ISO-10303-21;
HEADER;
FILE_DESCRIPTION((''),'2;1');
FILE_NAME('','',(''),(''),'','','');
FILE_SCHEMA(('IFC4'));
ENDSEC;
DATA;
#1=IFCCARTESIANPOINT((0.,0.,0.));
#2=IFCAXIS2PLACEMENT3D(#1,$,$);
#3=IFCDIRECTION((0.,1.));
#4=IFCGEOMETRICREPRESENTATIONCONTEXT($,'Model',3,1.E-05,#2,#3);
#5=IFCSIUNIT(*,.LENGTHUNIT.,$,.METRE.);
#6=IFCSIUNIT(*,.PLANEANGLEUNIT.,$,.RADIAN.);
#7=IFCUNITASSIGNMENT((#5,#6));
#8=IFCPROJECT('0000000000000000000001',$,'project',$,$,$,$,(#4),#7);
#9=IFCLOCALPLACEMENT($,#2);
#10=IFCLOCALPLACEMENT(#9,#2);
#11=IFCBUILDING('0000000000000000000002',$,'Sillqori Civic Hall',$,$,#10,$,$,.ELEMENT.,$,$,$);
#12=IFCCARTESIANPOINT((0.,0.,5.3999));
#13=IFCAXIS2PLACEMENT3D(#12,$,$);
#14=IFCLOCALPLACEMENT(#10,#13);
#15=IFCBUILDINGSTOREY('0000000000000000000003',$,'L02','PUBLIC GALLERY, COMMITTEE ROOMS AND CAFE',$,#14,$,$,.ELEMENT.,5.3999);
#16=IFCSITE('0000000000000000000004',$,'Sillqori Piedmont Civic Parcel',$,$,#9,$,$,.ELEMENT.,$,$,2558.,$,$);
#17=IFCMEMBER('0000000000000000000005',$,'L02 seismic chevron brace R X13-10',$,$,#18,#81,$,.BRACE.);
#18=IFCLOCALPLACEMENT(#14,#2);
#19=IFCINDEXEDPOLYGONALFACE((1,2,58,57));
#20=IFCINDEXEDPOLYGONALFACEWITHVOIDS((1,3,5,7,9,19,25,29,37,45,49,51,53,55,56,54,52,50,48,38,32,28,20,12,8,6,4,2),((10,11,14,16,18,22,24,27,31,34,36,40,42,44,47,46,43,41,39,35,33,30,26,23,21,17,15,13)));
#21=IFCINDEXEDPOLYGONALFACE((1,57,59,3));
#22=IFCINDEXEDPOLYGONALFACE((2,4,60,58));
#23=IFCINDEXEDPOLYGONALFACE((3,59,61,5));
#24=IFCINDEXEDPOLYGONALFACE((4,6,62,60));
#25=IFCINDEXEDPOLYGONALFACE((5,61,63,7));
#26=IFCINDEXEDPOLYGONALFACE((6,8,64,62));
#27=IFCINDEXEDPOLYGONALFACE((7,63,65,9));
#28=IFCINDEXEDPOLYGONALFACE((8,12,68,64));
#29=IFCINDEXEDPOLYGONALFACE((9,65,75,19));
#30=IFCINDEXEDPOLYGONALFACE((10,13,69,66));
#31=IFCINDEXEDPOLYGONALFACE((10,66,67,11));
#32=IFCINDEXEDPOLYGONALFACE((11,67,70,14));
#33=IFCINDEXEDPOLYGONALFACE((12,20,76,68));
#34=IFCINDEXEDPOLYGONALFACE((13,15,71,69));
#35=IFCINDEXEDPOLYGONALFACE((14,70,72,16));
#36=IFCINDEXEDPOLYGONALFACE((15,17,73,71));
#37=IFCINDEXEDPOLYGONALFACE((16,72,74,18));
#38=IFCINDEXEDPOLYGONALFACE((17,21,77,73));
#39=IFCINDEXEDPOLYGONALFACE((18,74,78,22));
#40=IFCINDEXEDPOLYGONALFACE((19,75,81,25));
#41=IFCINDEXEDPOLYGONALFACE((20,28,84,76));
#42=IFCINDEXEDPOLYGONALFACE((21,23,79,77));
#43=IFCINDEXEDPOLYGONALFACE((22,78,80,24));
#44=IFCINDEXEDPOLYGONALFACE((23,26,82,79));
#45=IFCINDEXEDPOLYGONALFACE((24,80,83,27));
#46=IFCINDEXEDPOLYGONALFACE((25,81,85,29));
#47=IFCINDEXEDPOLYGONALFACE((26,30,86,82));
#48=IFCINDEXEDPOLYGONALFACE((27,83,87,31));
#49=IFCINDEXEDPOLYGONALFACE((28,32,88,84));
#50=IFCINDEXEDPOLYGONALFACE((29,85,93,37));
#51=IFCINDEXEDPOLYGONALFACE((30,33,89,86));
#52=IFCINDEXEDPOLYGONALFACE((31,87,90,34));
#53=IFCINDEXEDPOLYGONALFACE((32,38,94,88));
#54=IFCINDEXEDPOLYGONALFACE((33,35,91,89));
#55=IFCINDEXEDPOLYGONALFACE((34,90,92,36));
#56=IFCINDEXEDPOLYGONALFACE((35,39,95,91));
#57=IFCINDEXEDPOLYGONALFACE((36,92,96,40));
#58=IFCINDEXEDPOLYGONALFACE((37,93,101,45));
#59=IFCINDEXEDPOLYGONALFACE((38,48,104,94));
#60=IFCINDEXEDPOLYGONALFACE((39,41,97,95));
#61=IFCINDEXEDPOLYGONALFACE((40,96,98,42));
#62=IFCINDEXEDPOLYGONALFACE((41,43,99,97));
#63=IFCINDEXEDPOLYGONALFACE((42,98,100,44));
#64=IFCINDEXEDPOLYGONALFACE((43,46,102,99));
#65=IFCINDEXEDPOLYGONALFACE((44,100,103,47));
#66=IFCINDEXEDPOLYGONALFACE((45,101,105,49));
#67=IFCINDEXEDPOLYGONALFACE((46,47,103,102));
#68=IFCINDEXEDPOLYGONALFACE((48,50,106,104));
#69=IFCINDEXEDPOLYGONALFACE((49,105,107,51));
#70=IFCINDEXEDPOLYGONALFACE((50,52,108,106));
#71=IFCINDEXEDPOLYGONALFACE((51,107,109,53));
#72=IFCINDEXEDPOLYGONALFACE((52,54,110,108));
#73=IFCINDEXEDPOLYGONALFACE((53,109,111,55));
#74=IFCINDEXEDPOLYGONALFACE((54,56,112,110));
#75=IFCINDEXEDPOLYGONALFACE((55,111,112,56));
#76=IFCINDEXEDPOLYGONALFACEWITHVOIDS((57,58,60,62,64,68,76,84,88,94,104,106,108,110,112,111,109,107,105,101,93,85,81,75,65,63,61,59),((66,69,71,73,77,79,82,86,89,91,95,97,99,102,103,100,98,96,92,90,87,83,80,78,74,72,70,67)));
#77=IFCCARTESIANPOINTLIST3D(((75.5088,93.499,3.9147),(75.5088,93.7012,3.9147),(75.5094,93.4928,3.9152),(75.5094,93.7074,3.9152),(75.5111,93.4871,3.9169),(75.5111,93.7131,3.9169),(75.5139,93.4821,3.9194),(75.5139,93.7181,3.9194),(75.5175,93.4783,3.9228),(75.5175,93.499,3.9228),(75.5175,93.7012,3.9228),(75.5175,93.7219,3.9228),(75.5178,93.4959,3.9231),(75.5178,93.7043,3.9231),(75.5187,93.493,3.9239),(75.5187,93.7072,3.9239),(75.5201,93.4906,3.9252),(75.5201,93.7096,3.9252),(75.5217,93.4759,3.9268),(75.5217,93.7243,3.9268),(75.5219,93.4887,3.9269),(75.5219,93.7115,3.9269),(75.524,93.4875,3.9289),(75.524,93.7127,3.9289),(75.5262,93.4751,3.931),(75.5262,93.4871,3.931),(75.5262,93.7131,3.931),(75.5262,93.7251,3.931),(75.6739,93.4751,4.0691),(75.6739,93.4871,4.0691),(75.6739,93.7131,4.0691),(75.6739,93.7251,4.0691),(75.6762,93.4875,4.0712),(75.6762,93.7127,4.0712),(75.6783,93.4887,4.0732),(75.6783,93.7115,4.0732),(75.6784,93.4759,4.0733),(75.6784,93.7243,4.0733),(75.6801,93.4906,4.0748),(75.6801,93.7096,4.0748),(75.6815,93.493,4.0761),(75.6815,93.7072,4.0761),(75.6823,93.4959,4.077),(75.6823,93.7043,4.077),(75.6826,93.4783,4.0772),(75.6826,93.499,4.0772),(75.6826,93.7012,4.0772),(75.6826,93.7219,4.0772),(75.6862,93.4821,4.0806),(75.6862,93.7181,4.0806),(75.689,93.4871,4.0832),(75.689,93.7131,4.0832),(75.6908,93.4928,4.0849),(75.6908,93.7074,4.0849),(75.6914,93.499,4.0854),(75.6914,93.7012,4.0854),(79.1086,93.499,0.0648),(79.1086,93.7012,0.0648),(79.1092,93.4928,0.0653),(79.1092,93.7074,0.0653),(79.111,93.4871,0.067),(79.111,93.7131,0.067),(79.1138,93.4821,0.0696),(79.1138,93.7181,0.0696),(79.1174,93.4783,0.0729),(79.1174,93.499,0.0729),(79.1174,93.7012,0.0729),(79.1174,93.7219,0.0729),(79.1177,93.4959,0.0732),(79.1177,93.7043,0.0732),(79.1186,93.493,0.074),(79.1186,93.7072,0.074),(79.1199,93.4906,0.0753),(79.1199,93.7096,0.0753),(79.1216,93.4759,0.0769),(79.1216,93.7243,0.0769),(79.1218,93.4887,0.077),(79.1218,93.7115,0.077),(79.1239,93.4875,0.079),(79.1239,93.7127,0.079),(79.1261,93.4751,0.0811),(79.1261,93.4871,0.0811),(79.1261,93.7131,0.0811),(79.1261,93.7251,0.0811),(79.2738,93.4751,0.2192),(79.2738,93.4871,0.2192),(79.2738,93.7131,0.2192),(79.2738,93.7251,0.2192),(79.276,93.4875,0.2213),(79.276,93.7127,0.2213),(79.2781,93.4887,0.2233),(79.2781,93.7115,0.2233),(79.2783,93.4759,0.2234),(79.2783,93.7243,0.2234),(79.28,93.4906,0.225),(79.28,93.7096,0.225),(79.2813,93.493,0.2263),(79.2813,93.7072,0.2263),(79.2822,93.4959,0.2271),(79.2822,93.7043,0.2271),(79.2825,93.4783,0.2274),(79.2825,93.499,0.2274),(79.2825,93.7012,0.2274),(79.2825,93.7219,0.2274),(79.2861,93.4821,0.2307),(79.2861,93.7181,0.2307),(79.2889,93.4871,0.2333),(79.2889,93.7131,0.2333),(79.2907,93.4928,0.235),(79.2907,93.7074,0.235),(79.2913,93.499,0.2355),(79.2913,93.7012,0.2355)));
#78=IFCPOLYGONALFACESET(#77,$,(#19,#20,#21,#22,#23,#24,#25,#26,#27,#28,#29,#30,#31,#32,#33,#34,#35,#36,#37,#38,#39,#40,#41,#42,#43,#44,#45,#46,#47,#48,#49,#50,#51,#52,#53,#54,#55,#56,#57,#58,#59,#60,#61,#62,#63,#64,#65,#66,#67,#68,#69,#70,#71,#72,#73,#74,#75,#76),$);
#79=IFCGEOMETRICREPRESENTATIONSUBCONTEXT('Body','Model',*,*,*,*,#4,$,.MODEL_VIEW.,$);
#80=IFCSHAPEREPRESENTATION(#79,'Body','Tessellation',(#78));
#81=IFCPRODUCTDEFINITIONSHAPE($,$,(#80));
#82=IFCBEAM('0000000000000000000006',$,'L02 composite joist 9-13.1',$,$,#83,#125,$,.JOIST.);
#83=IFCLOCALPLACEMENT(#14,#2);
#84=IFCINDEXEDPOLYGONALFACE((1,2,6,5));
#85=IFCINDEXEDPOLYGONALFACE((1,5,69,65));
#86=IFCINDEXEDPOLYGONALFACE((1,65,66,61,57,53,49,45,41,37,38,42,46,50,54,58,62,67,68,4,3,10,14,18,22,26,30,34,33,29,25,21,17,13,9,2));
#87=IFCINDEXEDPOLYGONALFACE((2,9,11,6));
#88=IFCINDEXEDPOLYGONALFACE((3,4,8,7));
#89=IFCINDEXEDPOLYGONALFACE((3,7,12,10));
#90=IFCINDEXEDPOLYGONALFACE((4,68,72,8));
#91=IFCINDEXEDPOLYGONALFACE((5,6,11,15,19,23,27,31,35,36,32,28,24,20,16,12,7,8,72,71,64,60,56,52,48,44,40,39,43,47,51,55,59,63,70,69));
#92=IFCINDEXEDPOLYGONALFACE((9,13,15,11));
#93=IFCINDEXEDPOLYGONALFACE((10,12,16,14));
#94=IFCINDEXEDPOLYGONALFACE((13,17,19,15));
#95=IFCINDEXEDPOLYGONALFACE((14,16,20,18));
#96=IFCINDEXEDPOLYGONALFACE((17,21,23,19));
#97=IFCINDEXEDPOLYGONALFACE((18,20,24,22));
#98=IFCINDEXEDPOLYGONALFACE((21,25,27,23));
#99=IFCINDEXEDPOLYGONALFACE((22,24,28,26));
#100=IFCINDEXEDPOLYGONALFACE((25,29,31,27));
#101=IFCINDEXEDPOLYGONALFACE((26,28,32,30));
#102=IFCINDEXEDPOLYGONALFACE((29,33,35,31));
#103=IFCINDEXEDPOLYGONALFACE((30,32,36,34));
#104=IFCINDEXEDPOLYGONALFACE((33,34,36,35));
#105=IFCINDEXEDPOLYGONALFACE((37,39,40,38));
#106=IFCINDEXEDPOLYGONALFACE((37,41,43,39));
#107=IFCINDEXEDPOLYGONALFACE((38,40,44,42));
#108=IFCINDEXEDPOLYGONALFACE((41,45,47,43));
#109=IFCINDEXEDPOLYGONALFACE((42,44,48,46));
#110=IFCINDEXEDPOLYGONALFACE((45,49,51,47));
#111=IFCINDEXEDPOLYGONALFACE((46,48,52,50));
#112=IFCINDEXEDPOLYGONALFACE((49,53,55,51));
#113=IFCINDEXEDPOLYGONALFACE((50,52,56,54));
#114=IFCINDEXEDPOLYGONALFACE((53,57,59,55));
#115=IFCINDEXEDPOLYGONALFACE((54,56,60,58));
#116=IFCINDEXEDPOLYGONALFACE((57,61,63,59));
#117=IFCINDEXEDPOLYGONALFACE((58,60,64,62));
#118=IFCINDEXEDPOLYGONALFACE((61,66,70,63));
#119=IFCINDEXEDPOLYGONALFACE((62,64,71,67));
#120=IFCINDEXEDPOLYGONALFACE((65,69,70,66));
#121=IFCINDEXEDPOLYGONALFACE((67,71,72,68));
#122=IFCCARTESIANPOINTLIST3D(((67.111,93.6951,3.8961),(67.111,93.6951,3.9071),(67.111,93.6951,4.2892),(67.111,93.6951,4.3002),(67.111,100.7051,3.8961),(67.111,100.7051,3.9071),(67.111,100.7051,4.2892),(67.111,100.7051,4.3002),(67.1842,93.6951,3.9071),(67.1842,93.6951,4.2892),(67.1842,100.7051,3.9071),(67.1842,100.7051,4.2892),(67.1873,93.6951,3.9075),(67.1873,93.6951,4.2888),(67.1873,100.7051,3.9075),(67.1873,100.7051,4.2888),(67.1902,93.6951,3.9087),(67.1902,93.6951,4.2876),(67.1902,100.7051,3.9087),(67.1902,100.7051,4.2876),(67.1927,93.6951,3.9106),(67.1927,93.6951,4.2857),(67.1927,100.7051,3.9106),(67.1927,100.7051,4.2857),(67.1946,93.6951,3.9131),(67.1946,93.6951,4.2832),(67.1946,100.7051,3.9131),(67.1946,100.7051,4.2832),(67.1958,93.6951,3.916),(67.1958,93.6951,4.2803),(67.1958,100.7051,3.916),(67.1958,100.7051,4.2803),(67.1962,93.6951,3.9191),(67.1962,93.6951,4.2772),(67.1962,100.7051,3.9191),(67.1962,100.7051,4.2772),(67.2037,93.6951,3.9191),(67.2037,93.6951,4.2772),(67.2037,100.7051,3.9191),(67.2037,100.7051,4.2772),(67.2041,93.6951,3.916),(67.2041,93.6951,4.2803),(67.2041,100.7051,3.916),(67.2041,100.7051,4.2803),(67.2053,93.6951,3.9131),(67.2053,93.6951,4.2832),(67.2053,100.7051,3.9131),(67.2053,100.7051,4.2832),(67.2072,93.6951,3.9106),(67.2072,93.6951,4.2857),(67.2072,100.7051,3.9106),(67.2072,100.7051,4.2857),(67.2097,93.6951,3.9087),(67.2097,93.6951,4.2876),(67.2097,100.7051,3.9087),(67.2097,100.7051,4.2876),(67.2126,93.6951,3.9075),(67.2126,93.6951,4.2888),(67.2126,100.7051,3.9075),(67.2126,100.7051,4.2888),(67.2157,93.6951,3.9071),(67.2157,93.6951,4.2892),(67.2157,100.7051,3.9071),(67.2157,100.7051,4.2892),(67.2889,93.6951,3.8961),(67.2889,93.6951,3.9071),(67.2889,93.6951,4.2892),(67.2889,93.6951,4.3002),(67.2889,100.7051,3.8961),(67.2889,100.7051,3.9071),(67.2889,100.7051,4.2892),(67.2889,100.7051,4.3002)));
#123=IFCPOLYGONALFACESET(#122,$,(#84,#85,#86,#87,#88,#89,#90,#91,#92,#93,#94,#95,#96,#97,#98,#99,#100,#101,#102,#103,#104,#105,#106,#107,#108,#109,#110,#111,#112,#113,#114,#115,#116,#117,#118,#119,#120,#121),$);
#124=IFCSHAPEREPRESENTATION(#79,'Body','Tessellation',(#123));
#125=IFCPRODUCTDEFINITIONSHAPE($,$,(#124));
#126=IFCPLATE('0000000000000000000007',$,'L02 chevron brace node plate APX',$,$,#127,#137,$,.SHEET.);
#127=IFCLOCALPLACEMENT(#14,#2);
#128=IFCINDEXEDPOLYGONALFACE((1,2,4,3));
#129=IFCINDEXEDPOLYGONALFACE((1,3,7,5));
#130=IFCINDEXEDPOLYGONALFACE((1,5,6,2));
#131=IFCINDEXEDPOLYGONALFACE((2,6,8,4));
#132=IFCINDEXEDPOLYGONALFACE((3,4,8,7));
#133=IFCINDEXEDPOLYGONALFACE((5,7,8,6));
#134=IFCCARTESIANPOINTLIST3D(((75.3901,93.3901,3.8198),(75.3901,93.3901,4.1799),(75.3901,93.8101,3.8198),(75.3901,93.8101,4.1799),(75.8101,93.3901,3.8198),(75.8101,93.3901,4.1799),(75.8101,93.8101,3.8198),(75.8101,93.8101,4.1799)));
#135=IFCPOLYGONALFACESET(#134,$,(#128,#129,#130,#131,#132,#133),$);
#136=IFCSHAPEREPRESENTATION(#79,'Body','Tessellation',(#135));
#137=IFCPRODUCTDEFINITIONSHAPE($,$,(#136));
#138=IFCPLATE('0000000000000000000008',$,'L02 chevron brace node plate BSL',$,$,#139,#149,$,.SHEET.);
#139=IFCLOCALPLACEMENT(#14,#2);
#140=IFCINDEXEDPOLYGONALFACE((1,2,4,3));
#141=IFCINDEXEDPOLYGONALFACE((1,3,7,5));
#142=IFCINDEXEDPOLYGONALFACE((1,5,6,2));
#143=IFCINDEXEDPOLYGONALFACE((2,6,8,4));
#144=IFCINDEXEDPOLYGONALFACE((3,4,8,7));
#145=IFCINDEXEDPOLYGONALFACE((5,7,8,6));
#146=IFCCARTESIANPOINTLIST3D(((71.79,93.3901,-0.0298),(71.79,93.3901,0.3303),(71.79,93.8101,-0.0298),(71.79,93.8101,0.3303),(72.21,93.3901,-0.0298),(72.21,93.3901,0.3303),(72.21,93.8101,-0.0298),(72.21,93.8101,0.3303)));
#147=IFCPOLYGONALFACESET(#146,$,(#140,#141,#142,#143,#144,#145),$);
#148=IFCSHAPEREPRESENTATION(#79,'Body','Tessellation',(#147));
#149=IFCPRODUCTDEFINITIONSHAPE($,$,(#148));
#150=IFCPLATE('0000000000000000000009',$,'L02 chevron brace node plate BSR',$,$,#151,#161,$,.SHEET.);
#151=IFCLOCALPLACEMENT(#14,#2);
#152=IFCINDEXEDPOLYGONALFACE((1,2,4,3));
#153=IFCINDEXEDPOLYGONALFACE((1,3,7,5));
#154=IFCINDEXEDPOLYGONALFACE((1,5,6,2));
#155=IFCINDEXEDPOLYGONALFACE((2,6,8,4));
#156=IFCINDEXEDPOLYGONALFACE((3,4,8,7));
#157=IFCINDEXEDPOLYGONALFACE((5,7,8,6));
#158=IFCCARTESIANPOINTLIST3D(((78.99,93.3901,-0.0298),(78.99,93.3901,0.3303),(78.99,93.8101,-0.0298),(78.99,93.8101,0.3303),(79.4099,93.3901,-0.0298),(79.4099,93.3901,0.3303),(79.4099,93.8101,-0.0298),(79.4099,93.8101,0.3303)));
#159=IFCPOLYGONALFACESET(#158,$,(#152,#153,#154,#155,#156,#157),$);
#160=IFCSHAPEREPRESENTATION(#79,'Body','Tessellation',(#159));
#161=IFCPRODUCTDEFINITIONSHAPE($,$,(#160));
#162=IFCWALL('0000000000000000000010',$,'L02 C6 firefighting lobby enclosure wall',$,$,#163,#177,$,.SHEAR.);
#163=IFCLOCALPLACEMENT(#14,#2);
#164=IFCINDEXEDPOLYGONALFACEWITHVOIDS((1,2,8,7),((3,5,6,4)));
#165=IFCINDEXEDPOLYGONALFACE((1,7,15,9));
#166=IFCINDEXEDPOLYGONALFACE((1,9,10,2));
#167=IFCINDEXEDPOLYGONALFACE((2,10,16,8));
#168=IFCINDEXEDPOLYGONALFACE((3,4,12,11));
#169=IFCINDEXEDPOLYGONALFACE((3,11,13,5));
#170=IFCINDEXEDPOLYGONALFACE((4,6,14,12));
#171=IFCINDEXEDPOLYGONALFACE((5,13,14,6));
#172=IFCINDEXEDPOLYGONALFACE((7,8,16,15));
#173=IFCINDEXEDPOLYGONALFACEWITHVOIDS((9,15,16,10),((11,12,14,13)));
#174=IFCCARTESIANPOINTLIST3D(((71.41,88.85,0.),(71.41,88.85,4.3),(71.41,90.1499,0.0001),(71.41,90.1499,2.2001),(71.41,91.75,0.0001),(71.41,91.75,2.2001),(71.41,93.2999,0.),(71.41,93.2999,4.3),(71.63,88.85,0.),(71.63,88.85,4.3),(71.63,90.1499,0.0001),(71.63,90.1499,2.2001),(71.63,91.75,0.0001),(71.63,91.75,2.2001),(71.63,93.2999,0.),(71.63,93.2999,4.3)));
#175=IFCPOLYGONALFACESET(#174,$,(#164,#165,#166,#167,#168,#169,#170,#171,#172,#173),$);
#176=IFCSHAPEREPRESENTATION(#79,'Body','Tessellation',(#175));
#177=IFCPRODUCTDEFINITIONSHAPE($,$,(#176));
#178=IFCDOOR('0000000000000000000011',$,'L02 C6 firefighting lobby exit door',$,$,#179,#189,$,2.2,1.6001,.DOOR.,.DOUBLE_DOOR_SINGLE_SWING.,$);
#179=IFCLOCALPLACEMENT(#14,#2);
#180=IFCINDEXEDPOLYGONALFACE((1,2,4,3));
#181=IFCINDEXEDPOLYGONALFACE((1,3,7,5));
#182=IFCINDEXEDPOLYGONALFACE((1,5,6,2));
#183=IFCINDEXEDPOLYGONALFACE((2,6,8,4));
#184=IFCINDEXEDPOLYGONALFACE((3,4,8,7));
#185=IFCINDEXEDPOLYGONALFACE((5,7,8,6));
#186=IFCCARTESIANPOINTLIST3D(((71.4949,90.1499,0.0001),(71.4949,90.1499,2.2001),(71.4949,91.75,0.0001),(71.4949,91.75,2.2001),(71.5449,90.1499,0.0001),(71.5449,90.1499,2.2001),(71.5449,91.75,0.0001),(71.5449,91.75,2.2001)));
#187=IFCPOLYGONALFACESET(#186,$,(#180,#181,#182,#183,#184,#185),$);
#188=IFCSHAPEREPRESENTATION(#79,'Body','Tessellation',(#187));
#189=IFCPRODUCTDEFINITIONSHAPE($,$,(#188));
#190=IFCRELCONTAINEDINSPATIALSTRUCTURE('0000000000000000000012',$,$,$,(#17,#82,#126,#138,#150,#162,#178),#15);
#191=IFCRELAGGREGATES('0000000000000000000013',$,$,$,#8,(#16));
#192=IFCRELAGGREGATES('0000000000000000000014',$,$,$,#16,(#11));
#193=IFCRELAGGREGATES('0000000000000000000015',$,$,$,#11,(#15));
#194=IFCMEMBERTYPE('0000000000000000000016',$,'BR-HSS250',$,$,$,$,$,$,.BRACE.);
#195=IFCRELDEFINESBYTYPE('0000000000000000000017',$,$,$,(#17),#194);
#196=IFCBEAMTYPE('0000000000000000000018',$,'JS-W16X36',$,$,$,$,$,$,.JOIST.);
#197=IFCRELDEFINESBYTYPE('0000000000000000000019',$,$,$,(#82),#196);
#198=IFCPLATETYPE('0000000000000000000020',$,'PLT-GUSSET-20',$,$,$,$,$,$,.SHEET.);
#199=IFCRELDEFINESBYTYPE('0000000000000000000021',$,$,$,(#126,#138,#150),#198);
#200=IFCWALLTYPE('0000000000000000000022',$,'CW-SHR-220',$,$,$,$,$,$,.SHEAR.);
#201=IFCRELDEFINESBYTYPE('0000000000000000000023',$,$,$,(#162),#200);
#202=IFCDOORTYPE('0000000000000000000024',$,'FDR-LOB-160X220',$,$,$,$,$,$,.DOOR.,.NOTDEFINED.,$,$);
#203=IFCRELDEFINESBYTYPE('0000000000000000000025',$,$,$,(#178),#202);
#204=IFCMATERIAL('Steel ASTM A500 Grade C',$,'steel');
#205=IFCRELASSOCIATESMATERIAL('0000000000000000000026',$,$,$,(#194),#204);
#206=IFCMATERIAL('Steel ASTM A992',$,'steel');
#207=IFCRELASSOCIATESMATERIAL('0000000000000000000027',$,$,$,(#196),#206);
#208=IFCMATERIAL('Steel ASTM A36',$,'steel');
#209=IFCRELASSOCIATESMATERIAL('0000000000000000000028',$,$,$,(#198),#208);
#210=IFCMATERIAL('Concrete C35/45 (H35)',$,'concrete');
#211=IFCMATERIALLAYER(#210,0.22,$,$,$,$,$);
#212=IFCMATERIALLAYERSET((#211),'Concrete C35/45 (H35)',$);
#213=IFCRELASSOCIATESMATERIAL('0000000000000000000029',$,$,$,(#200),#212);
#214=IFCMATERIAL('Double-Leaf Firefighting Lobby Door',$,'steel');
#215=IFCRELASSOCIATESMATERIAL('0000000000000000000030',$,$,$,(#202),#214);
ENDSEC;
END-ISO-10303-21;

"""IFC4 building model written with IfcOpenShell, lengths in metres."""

from ifc_helpers import new_model, si_unit, direction, frame, frame_2d, origin, origin_2d, place, context, subcontext, project, spatial, rectangle, hollow_rectangle, i_section, extrude, material, layer, layer_set, material_profile, profile_set, type_object, element, fill, save


model = new_model("IFC4")

# Units and contexts
model_context = context("Model", 3, precision=1e-05, world=origin(), true_north=direction((0.0, 1.0)))
body_context = subcontext(model_context, "Body", "Model", "MODEL_VIEW")
ifc_project = project(units=[si_unit("LENGTHUNIT", "METRE"), si_unit("PLANEANGLEUNIT", "RADIAN")], contexts=[model_context])

# Site, building, storey
site_placement = place(None, origin())
site = spatial("IfcSite", under=ifc_project, at=site_placement, Name="Sillqori Piedmont Civic Parcel", CompositionType="ELEMENT", RefElevation=2558.0)
building_placement = place(site_placement, origin())
building = spatial("IfcBuilding", under=site, at=building_placement, Name="Sillqori Civic Hall", CompositionType="ELEMENT")
storey_placement = place(building_placement, frame((0.0, 0.0, 5.3999)))
storey = spatial("IfcBuildingStorey", under=building, at=storey_placement, Name="L02", Description="PUBLIC GALLERY, COMMITTEE ROOMS AND CAFE", CompositionType="ELEMENT", Elevation=5.3999)

# Shared definitions
ifc_material_1 = material(Name="Concrete C35/45 (H35)", Category="concrete")

# Shared definitions
ifc_material_2 = material(Name="Steel ASTM A992", Category="steel")

# Member
ifc_material_3 = material(Name="Steel ASTM A500 Grade C", Category="steel")
ifc_material_profile_1 = material_profile(ifc_material_3, hollow_rectangle(XDim=0.25, YDim=0.25, WallThickness=0.012, InnerFilletRadius=0.012, OuterFilletRadius=0.0239, at=origin_2d()), Name="HSS250X250X12")
ifc_profile_set_1 = profile_set([ifc_material_profile_1], Name="Steel ASTM A500 Grade C")
member_type = type_object("IfcMemberType", Name="BR-HSS250", PredefinedType="BRACE", material=ifc_profile_set_1)
for number, where, z_axis, x_axis, name in (
    (1, (79.2, 93.6001, 0.1501), (-0.682993, 0.0, 0.730425), (0.0, -1.0, 0.0), "L02 seismic chevron brace R X13-10"),
):
    element("IfcMember", number, at=place(storey_placement, frame(where, z_axis=z_axis, x_axis=x_axis)), inside=storey, type_object=member_type, Name=name, PredefinedType="BRACE", context=body_context, shape_type="SweptSolid", body=[
        extrude(hollow_rectangle(XDim=0.25, YDim=0.25, WallThickness=0.012, InnerFilletRadius=0.012, OuterFilletRadius=0.0239, at=origin_2d()), origin(), (0.0, 0.0, 1.0), 5.2708),
    ])

# Beam
ifc_material_profile_2 = material_profile(ifc_material_2, i_section(OverallWidth=0.178, OverallDepth=0.4041, WebThickness=0.0076, FlangeThickness=0.011, FilletRadius=0.012, at=origin_2d()), Name="W16X36")
ifc_profile_set_2 = profile_set([ifc_material_profile_2], Name="Steel ASTM A992")
beam_type_1 = type_object("IfcBeamType", Name="JS-W16X36", PredefinedType="JOIST", material=ifc_profile_set_2)
beam_1_placement = place(storey_placement, frame((67.2, 93.6951, 4.0981), z_axis=(0.0, 1.0, 0.0), x_axis=(-1.0, 0.0, 0.0)))
element("IfcBeam", 2, at=beam_1_placement, inside=storey, type_object=beam_type_1, Name="L02 composite joist 9-13.1", PredefinedType="JOIST", context=body_context, shape_type="SweptSolid", body=[
    extrude(i_section(OverallWidth=0.178, OverallDepth=0.4041, WebThickness=0.0076, FlangeThickness=0.011, FilletRadius=0.012, at=origin_2d()), origin(), (0.0, 0.0, 1.0), 7.01),
])

# Plates
ifc_material_4 = material(Name="Steel ASTM A36", Category="steel")
plate_type = type_object("IfcPlateType", Name="PLT-GUSSET-20", PredefinedType="SHEET", material=ifc_material_4)
for number, where, z_axis, x_axis, name in (
    (3, (75.6001, 93.6001, 3.8198), (0.0, 0.0, 1.0), (1.0, 0.0, 0.0), "L02 chevron brace node plate APX"),
    (4, (72.0, 93.6001, -0.0298), (0.0, 0.0, 1.0), (1.0, 0.0, 0.0), "L02 chevron brace node plate BSL"),
    (5, (79.2, 93.6001, -0.0298), (0.0, 0.0, 1.0), (1.0, 0.0, 0.0), "L02 chevron brace node plate BSR"),
):
    element("IfcPlate", number, at=place(storey_placement, frame(where, z_axis=z_axis, x_axis=x_axis)), inside=storey, type_object=plate_type, Name=name, PredefinedType="SHEET", context=body_context, shape_type="SweptSolid", body=[
        extrude(rectangle(XDim=0.4199, YDim=0.4199, at=origin_2d()), origin(), (0.0, 0.0, 1.0), 0.3601),
    ])

# Wall, opening, door
ifc_layer_1 = layer(ifc_material_1, 0.22)
ifc_layer_set_1 = layer_set([ifc_layer_1], Name="Concrete C35/45 (H35)")
wall_type_1 = type_object("IfcWallType", Name="CW-SHR-220", PredefinedType="SHEAR", material=ifc_layer_set_1)
wall_1_placement = place(storey_placement, frame((71.52, 93.3, 0.0), z_axis=(0.0, 0.0, 1.0), x_axis=(0.0, -1.0, 0.0)))
wall_1 = element("IfcWall", 6, at=wall_1_placement, inside=storey, type_object=wall_type_1, Name="L02 C6 firefighting lobby enclosure wall", PredefinedType="SHEAR", context=body_context, shape_type="SweptSolid", body=[
    extrude(rectangle(XDim=4.45, YDim=0.22, at=frame_2d((2.2251, 0.0))), origin(), (0.0, 0.0, 1.0), 4.3),
])
opening_1_placement = place(wall_1_placement, frame((1.55, 0.0, 0.0)))
opening_1 = element("IfcOpeningElement", 7, at=opening_1_placement, cuts=wall_1, PredefinedType="OPENING", context=body_context, shape_type="SweptSolid", body=[
    extrude(rectangle(XDim=1.6001, YDim=2.2, at=frame_2d((0.8, 1.1001))), frame((0.0, 0.1199, 0.0), z_axis=(0.0, -1.0, 0.0), x_axis=(1.0, 0.0, 0.0)), (0.0, 0.0, 1.0), 0.24),
])
ifc_material_5 = material(Name="Double-Leaf Firefighting Lobby Door", Category="steel")
door_type_1 = type_object("IfcDoorType", Name="FDR-LOB-160X220", OperationType="NOTDEFINED", PredefinedType="DOOR", material=ifc_material_5)
door_1_placement = place(opening_1_placement, origin())
door_1 = element("IfcDoor", 8, at=door_1_placement, inside=storey, type_object=door_type_1, Name="L02 C6 firefighting lobby exit door", OperationType="DOUBLE_DOOR_SINGLE_SWING", OverallHeight=2.2, OverallWidth=1.6001, PredefinedType="DOOR", context=body_context, shape_type="SweptSolid", body=[
    extrude(rectangle(XDim=1.6001, YDim=2.2, at=frame_2d((0.8, 1.1001))), frame((0.0, 0.0249, 0.0), z_axis=(0.0, -1.0, 0.0), x_axis=(1.0, 0.0, 0.0)), (0.0, 0.0, 1.0), 0.05),
])
fill(opening_1, door_1)

save(model, "model.ifc")
